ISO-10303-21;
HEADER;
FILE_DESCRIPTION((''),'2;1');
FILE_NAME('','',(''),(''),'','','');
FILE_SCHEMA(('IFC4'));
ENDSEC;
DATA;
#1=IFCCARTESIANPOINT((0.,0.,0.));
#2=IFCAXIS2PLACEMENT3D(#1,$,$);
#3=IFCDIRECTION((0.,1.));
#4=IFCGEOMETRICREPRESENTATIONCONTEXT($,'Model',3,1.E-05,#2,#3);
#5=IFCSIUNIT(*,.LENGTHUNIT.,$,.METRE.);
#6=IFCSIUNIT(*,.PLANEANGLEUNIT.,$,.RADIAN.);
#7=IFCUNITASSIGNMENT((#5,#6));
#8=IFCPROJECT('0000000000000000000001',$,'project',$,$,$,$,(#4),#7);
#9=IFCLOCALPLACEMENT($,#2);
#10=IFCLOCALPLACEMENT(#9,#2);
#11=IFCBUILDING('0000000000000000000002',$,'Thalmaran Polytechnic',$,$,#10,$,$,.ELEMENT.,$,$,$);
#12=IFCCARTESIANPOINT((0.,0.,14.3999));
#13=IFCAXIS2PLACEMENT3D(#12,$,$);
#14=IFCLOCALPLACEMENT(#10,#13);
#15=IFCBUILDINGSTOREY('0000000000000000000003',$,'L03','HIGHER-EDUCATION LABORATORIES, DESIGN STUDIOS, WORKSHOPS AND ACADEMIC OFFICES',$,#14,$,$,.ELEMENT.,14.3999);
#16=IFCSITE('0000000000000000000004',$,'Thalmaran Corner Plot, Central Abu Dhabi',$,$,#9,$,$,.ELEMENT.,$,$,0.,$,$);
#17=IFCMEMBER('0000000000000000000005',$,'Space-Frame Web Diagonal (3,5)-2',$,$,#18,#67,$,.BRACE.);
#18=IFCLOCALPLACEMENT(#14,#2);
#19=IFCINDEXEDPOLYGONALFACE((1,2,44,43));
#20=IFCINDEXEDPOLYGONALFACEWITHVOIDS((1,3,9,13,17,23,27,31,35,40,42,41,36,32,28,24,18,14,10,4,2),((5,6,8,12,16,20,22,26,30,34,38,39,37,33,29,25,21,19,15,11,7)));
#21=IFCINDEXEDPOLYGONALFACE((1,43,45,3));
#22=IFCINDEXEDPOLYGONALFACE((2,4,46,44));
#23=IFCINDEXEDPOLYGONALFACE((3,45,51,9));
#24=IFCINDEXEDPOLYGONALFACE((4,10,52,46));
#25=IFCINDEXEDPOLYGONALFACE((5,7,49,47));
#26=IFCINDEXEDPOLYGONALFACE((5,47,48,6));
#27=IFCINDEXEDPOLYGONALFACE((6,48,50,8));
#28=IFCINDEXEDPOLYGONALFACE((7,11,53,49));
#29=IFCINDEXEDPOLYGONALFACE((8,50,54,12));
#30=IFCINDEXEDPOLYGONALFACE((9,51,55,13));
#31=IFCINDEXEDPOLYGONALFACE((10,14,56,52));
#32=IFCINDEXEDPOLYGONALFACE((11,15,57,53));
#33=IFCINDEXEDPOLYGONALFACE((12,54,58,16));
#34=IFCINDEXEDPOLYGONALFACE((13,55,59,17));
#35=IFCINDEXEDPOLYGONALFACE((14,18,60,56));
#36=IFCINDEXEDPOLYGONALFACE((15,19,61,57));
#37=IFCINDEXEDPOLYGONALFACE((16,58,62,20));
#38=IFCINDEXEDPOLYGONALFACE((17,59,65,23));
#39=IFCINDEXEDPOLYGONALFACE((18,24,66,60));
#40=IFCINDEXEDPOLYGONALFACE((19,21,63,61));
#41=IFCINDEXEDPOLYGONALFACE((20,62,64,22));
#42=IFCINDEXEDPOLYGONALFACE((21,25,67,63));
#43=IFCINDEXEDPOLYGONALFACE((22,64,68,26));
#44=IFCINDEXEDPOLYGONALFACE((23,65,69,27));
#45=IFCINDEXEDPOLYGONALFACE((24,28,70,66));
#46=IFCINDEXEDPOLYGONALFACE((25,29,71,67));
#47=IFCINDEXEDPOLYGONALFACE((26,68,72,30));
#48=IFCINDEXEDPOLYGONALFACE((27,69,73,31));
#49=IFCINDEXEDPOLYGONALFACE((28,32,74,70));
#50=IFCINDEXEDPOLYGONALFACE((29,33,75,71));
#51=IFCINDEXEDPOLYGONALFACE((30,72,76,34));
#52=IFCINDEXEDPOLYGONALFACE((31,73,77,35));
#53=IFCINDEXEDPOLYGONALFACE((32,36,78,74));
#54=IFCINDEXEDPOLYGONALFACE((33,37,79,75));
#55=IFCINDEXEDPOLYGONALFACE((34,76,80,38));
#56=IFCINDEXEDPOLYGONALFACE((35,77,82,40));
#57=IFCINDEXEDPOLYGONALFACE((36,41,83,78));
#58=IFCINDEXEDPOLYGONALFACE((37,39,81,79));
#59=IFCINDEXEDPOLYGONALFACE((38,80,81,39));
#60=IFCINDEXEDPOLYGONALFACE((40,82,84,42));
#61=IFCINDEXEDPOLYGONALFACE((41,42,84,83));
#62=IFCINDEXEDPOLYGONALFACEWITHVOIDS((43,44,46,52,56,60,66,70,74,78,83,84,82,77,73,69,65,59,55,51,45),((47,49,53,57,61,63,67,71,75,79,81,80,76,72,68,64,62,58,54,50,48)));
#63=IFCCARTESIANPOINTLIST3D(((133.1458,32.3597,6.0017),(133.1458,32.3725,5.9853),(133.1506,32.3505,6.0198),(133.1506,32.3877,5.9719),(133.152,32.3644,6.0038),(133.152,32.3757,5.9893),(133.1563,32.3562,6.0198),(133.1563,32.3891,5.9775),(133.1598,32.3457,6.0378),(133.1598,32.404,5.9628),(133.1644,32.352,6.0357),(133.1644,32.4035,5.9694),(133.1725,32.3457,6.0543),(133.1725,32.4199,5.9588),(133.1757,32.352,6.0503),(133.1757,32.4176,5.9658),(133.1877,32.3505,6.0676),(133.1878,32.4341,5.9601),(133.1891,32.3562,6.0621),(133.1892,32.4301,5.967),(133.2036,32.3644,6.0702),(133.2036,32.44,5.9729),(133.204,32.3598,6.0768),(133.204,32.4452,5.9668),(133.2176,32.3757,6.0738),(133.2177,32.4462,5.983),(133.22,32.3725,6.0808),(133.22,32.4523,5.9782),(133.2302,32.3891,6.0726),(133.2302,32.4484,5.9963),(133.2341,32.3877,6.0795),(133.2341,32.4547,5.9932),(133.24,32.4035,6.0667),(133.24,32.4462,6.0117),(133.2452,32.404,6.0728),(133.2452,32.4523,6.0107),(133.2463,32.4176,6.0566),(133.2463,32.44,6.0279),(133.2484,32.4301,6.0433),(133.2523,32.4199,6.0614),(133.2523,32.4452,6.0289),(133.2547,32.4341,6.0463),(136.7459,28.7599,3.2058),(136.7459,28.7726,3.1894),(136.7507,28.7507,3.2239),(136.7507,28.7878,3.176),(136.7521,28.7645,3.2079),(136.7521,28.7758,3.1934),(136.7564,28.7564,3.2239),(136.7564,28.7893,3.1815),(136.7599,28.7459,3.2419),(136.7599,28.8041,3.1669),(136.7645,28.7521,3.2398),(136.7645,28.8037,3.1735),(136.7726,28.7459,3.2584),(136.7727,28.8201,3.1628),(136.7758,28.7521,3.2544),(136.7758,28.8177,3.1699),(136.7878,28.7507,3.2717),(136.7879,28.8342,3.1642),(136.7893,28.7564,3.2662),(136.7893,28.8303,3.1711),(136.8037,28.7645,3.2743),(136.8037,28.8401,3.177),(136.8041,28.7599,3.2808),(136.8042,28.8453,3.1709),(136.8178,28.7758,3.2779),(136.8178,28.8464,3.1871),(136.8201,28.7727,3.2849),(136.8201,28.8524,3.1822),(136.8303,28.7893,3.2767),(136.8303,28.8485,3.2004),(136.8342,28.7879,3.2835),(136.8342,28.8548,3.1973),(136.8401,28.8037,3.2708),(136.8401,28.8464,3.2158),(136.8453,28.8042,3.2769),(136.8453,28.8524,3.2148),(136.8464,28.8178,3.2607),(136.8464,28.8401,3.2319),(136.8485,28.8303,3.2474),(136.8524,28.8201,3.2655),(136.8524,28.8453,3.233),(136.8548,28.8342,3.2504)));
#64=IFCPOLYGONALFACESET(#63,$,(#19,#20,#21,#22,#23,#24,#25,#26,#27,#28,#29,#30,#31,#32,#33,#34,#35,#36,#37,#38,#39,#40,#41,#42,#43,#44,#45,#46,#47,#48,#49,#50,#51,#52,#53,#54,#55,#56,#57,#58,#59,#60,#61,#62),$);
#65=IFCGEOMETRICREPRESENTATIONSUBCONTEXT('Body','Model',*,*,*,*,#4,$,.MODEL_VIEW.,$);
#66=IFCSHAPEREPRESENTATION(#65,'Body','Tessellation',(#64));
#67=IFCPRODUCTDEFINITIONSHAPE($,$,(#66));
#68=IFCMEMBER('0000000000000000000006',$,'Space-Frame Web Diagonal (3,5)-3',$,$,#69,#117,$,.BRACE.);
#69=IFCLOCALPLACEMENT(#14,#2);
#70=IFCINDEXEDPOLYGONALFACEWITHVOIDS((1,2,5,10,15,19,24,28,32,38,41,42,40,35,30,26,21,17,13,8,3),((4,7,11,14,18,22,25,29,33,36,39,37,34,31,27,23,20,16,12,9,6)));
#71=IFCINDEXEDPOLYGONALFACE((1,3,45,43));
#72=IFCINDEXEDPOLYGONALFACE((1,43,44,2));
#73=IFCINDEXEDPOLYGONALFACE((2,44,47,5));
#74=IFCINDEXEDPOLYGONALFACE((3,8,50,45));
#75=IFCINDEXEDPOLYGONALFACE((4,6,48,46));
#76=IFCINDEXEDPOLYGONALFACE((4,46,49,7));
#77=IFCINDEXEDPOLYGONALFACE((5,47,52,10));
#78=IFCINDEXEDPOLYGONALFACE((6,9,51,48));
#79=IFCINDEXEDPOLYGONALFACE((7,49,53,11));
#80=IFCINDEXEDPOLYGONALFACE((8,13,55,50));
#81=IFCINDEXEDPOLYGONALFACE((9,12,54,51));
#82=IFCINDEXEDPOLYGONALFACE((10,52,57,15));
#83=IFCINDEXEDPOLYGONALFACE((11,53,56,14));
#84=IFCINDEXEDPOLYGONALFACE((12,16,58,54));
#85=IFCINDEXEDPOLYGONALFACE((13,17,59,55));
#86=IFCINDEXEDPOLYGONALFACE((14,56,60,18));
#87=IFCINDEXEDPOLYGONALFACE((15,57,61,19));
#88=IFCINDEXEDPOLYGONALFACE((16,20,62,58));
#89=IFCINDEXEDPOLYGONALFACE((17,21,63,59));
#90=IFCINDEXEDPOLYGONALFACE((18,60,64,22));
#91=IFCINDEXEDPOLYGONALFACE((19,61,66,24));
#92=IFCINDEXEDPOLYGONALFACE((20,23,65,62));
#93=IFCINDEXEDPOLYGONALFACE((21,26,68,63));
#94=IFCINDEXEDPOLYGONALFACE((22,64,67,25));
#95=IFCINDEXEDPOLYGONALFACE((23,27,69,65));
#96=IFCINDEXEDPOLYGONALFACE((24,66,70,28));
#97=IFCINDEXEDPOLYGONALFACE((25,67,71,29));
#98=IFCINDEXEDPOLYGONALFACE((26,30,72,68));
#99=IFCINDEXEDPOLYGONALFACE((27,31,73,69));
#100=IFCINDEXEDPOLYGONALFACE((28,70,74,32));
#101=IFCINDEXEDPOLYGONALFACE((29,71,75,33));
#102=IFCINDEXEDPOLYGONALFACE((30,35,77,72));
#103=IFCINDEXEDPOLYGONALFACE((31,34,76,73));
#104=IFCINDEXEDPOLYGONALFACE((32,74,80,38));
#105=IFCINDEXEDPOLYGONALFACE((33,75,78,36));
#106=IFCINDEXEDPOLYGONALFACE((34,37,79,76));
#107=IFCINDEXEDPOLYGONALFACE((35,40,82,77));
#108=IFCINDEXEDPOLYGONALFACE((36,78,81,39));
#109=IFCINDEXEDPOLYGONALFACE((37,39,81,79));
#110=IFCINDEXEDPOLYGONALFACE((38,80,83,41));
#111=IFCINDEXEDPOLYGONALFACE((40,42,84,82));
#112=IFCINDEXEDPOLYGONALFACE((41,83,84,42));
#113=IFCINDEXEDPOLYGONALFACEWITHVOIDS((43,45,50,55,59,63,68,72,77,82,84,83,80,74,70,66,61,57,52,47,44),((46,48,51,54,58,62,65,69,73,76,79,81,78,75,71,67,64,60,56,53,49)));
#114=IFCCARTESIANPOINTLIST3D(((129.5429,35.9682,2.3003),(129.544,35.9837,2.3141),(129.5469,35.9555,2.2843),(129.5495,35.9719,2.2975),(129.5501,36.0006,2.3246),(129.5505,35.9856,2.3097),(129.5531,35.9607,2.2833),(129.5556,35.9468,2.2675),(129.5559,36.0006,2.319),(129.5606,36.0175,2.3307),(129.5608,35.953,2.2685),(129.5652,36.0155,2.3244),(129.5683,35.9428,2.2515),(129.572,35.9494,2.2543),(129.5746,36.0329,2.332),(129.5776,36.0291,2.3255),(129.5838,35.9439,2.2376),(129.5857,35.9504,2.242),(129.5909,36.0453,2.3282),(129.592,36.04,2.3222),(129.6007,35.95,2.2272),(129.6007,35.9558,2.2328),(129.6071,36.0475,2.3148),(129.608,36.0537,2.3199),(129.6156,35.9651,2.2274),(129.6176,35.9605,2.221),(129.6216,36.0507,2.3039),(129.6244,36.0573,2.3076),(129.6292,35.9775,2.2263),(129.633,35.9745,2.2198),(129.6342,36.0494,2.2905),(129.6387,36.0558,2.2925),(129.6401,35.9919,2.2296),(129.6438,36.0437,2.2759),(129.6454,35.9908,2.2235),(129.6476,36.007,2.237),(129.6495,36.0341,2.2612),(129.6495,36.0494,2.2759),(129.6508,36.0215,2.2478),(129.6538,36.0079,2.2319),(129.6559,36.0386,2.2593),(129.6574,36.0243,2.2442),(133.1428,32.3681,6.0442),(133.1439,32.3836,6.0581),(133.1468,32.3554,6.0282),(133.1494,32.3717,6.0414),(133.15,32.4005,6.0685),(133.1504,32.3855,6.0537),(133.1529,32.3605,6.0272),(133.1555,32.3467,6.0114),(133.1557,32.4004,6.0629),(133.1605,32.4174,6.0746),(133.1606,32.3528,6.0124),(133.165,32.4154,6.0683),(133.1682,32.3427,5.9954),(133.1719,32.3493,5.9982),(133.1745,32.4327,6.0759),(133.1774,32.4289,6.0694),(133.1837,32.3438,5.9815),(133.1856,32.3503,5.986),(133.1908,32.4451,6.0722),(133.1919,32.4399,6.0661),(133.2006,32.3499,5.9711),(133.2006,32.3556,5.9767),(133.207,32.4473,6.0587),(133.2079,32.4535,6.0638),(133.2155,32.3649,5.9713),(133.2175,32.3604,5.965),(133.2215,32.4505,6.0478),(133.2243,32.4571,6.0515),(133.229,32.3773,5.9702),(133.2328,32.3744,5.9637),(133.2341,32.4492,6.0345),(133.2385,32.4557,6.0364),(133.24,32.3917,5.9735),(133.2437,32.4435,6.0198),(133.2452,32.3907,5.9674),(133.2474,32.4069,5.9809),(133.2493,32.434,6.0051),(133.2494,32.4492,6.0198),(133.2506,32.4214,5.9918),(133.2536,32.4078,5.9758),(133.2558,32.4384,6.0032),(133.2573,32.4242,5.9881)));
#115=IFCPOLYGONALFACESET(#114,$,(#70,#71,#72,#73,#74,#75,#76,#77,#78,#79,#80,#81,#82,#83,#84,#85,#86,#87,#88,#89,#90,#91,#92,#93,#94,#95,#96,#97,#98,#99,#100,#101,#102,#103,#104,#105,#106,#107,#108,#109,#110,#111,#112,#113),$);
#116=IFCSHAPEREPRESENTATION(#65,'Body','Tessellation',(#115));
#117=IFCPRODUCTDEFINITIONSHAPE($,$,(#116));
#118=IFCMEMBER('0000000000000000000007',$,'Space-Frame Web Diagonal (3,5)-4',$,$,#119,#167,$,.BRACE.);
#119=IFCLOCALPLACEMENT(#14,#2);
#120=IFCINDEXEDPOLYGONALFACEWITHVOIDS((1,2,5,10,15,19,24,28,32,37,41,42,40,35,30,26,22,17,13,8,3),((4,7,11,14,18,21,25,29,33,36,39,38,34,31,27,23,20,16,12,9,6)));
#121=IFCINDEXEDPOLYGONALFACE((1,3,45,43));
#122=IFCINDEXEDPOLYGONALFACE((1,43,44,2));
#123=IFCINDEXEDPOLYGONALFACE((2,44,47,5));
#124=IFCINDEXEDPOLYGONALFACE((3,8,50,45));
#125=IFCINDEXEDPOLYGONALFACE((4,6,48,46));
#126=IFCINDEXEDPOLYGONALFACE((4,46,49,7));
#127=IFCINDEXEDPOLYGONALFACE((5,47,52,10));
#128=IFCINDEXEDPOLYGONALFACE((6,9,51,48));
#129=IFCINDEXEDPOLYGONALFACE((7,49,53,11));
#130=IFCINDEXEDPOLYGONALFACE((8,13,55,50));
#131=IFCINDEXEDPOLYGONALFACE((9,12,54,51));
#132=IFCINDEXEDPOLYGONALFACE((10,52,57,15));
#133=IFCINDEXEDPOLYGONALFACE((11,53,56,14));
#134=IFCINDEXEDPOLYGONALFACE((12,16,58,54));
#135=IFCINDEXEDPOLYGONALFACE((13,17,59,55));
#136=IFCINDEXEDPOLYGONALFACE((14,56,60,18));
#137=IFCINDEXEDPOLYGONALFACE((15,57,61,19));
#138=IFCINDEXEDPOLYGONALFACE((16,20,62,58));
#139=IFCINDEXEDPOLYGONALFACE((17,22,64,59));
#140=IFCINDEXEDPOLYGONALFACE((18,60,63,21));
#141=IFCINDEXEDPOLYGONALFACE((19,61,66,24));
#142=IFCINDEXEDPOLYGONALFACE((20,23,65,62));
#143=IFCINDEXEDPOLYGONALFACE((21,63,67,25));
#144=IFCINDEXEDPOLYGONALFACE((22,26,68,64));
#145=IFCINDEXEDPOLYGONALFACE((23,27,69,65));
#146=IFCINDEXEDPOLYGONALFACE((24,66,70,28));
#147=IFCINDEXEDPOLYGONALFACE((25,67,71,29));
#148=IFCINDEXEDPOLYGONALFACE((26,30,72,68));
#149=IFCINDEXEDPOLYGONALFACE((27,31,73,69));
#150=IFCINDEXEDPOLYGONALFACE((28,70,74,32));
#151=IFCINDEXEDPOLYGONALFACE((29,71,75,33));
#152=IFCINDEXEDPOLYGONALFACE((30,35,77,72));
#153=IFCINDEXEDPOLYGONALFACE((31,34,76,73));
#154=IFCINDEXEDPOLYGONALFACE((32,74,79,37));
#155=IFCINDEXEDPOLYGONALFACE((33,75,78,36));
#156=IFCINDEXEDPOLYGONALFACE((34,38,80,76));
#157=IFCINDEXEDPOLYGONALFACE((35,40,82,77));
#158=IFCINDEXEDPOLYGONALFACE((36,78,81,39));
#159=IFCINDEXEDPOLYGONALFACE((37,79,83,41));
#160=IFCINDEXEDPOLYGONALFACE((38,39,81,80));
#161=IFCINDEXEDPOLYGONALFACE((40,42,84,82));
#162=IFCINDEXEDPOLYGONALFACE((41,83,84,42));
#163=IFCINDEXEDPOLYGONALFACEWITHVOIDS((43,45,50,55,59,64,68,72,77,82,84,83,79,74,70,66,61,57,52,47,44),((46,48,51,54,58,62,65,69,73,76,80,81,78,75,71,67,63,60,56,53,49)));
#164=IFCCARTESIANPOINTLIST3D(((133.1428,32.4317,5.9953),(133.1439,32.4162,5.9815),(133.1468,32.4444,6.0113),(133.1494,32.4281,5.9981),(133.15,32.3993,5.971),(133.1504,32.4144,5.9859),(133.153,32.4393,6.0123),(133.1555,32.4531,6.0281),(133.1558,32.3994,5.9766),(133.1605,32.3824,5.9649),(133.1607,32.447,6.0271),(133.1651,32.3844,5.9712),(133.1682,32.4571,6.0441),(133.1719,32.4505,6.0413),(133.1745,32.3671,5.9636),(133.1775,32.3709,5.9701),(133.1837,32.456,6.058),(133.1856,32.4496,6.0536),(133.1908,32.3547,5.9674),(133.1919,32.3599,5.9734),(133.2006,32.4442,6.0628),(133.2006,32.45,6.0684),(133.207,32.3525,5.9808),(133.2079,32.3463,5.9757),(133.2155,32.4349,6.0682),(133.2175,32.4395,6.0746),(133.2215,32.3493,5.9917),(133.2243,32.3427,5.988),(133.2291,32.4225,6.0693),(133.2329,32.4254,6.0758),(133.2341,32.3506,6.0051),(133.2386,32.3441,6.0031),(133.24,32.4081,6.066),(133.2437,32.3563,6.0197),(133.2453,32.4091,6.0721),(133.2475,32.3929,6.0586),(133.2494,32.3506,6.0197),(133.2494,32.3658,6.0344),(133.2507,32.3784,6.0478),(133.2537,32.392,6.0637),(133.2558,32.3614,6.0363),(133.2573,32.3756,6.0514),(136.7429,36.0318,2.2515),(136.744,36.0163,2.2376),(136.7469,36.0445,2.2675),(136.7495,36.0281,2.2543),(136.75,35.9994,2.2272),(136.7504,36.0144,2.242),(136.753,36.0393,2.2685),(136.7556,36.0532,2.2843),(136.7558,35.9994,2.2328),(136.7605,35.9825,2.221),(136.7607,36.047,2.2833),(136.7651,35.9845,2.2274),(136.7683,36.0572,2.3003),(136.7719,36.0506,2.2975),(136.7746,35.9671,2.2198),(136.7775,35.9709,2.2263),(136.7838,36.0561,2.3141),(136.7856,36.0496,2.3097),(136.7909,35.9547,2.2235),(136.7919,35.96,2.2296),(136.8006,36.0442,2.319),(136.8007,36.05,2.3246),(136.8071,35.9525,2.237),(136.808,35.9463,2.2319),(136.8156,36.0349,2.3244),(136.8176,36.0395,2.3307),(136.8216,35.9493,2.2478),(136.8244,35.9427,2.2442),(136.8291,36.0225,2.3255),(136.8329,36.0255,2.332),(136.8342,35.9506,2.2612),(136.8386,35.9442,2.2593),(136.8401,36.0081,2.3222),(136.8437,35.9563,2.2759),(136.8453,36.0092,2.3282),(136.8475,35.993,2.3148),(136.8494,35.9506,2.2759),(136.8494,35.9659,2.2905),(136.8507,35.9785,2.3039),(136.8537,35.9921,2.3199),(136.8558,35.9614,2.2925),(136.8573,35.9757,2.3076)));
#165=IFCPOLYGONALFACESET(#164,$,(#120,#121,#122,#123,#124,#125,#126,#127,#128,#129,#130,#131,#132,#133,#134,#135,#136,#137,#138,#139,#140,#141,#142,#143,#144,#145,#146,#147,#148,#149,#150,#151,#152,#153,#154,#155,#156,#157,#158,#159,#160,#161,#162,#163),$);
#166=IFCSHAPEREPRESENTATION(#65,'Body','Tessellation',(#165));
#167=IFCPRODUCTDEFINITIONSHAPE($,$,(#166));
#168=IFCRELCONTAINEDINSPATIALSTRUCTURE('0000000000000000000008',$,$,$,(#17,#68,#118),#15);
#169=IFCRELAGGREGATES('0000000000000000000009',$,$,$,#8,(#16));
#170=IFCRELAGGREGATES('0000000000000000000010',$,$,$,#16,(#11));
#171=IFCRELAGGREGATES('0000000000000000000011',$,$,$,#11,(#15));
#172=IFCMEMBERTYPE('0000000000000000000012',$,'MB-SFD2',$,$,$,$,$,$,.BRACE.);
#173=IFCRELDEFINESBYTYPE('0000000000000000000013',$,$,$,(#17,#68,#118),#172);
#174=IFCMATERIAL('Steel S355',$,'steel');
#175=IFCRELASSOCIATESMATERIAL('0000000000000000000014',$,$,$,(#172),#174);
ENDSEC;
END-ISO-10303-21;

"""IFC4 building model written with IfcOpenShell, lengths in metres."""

from ifc_helpers import new_model, si_unit, direction, frame, origin, origin_2d, place, context, subcontext, project, spatial, hollow_circle, extrude, material, material_profile, profile_set, type_object, element, save


model = new_model("IFC4")

# Units and contexts
model_context = context("Model", 3, precision=1e-05, world=origin(), true_north=direction((0.0, 1.0)))
body_context = subcontext(model_context, "Body", "Model", "MODEL_VIEW")
ifc_project = project(units=[si_unit("LENGTHUNIT", "METRE"), si_unit("PLANEANGLEUNIT", "RADIAN")], contexts=[model_context])

# Site, building, storey
site_placement = place(None, origin())
site = spatial("IfcSite", under=ifc_project, at=site_placement, Name="Thalmaran Corner Plot, Central Abu Dhabi", CompositionType="ELEMENT", RefElevation=0.0)
building_placement = place(site_placement, origin())
building = spatial("IfcBuilding", under=site, at=building_placement, Name="Thalmaran Polytechnic", CompositionType="ELEMENT")
storey_placement = place(building_placement, frame((0.0, 0.0, 14.3999)))
storey = spatial("IfcBuildingStorey", under=building, at=storey_placement, Name="L03", Description="HIGHER-EDUCATION LABORATORIES, DESIGN STUDIOS, WORKSHOPS AND ACADEMIC OFFICES", CompositionType="ELEMENT", Elevation=14.3999)

# Members
ifc_material = material(Name="Steel S355", Category="steel")
ifc_material_profile_1 = material_profile(ifc_material, hollow_circle(Radius=0.0698, WallThickness=0.0081, at=origin_2d()), Name="CHS 139.7x8.0")
ifc_profile_set_1 = profile_set([ifc_material_profile_1], Name="Steel S355")
member_type_1 = type_object("IfcMemberType", Name="MB-SFD2", PredefinedType="BRACE", material=ifc_profile_set_1)
member_1_placement = place(storey_placement, frame((136.8, 28.8, 3.2239), z_axis=(-0.619816, 0.619774, 0.48136), x_axis=(-0.707083, -0.707131, 0.0)))
element("IfcMember", 1, at=member_1_placement, inside=storey, type_object=member_type_1, Name="Space-Frame Web Diagonal (3,5)-2", PredefinedType="BRACE", context=body_context, shape_type="SweptSolid", body=[
    extrude(hollow_circle(Radius=0.0698, WallThickness=0.0081, at=origin_2d()), origin(), (0.0, 0.0, 1.0), 5.8083),
])
for number, where, z_axis, x_axis, name in (
    (2, (129.6001, 36.0, 2.2759), (0.56964, -0.569678, 0.592433), (0.707131, 0.707083, 0.0), "Space-Frame Web Diagonal (3,5)-3"),
    (3, (136.8, 36.0, 2.2759), (-0.569666, -0.569666, 0.59242), (0.707107, -0.707107, 0.0), "Space-Frame Web Diagonal (3,5)-4"),
):
    element("IfcMember", number, at=place(storey_placement, frame(where, z_axis=z_axis, x_axis=x_axis)), inside=storey, type_object=member_type_1, Name=name, PredefinedType="BRACE", context=body_context, shape_type="SweptSolid", body=[
        extrude(hollow_circle(Radius=0.0698, WallThickness=0.0081, at=origin_2d()), origin(), (0.0, 0.0, 1.0), 6.3196),
    ])

save(model, "model.ifc")
